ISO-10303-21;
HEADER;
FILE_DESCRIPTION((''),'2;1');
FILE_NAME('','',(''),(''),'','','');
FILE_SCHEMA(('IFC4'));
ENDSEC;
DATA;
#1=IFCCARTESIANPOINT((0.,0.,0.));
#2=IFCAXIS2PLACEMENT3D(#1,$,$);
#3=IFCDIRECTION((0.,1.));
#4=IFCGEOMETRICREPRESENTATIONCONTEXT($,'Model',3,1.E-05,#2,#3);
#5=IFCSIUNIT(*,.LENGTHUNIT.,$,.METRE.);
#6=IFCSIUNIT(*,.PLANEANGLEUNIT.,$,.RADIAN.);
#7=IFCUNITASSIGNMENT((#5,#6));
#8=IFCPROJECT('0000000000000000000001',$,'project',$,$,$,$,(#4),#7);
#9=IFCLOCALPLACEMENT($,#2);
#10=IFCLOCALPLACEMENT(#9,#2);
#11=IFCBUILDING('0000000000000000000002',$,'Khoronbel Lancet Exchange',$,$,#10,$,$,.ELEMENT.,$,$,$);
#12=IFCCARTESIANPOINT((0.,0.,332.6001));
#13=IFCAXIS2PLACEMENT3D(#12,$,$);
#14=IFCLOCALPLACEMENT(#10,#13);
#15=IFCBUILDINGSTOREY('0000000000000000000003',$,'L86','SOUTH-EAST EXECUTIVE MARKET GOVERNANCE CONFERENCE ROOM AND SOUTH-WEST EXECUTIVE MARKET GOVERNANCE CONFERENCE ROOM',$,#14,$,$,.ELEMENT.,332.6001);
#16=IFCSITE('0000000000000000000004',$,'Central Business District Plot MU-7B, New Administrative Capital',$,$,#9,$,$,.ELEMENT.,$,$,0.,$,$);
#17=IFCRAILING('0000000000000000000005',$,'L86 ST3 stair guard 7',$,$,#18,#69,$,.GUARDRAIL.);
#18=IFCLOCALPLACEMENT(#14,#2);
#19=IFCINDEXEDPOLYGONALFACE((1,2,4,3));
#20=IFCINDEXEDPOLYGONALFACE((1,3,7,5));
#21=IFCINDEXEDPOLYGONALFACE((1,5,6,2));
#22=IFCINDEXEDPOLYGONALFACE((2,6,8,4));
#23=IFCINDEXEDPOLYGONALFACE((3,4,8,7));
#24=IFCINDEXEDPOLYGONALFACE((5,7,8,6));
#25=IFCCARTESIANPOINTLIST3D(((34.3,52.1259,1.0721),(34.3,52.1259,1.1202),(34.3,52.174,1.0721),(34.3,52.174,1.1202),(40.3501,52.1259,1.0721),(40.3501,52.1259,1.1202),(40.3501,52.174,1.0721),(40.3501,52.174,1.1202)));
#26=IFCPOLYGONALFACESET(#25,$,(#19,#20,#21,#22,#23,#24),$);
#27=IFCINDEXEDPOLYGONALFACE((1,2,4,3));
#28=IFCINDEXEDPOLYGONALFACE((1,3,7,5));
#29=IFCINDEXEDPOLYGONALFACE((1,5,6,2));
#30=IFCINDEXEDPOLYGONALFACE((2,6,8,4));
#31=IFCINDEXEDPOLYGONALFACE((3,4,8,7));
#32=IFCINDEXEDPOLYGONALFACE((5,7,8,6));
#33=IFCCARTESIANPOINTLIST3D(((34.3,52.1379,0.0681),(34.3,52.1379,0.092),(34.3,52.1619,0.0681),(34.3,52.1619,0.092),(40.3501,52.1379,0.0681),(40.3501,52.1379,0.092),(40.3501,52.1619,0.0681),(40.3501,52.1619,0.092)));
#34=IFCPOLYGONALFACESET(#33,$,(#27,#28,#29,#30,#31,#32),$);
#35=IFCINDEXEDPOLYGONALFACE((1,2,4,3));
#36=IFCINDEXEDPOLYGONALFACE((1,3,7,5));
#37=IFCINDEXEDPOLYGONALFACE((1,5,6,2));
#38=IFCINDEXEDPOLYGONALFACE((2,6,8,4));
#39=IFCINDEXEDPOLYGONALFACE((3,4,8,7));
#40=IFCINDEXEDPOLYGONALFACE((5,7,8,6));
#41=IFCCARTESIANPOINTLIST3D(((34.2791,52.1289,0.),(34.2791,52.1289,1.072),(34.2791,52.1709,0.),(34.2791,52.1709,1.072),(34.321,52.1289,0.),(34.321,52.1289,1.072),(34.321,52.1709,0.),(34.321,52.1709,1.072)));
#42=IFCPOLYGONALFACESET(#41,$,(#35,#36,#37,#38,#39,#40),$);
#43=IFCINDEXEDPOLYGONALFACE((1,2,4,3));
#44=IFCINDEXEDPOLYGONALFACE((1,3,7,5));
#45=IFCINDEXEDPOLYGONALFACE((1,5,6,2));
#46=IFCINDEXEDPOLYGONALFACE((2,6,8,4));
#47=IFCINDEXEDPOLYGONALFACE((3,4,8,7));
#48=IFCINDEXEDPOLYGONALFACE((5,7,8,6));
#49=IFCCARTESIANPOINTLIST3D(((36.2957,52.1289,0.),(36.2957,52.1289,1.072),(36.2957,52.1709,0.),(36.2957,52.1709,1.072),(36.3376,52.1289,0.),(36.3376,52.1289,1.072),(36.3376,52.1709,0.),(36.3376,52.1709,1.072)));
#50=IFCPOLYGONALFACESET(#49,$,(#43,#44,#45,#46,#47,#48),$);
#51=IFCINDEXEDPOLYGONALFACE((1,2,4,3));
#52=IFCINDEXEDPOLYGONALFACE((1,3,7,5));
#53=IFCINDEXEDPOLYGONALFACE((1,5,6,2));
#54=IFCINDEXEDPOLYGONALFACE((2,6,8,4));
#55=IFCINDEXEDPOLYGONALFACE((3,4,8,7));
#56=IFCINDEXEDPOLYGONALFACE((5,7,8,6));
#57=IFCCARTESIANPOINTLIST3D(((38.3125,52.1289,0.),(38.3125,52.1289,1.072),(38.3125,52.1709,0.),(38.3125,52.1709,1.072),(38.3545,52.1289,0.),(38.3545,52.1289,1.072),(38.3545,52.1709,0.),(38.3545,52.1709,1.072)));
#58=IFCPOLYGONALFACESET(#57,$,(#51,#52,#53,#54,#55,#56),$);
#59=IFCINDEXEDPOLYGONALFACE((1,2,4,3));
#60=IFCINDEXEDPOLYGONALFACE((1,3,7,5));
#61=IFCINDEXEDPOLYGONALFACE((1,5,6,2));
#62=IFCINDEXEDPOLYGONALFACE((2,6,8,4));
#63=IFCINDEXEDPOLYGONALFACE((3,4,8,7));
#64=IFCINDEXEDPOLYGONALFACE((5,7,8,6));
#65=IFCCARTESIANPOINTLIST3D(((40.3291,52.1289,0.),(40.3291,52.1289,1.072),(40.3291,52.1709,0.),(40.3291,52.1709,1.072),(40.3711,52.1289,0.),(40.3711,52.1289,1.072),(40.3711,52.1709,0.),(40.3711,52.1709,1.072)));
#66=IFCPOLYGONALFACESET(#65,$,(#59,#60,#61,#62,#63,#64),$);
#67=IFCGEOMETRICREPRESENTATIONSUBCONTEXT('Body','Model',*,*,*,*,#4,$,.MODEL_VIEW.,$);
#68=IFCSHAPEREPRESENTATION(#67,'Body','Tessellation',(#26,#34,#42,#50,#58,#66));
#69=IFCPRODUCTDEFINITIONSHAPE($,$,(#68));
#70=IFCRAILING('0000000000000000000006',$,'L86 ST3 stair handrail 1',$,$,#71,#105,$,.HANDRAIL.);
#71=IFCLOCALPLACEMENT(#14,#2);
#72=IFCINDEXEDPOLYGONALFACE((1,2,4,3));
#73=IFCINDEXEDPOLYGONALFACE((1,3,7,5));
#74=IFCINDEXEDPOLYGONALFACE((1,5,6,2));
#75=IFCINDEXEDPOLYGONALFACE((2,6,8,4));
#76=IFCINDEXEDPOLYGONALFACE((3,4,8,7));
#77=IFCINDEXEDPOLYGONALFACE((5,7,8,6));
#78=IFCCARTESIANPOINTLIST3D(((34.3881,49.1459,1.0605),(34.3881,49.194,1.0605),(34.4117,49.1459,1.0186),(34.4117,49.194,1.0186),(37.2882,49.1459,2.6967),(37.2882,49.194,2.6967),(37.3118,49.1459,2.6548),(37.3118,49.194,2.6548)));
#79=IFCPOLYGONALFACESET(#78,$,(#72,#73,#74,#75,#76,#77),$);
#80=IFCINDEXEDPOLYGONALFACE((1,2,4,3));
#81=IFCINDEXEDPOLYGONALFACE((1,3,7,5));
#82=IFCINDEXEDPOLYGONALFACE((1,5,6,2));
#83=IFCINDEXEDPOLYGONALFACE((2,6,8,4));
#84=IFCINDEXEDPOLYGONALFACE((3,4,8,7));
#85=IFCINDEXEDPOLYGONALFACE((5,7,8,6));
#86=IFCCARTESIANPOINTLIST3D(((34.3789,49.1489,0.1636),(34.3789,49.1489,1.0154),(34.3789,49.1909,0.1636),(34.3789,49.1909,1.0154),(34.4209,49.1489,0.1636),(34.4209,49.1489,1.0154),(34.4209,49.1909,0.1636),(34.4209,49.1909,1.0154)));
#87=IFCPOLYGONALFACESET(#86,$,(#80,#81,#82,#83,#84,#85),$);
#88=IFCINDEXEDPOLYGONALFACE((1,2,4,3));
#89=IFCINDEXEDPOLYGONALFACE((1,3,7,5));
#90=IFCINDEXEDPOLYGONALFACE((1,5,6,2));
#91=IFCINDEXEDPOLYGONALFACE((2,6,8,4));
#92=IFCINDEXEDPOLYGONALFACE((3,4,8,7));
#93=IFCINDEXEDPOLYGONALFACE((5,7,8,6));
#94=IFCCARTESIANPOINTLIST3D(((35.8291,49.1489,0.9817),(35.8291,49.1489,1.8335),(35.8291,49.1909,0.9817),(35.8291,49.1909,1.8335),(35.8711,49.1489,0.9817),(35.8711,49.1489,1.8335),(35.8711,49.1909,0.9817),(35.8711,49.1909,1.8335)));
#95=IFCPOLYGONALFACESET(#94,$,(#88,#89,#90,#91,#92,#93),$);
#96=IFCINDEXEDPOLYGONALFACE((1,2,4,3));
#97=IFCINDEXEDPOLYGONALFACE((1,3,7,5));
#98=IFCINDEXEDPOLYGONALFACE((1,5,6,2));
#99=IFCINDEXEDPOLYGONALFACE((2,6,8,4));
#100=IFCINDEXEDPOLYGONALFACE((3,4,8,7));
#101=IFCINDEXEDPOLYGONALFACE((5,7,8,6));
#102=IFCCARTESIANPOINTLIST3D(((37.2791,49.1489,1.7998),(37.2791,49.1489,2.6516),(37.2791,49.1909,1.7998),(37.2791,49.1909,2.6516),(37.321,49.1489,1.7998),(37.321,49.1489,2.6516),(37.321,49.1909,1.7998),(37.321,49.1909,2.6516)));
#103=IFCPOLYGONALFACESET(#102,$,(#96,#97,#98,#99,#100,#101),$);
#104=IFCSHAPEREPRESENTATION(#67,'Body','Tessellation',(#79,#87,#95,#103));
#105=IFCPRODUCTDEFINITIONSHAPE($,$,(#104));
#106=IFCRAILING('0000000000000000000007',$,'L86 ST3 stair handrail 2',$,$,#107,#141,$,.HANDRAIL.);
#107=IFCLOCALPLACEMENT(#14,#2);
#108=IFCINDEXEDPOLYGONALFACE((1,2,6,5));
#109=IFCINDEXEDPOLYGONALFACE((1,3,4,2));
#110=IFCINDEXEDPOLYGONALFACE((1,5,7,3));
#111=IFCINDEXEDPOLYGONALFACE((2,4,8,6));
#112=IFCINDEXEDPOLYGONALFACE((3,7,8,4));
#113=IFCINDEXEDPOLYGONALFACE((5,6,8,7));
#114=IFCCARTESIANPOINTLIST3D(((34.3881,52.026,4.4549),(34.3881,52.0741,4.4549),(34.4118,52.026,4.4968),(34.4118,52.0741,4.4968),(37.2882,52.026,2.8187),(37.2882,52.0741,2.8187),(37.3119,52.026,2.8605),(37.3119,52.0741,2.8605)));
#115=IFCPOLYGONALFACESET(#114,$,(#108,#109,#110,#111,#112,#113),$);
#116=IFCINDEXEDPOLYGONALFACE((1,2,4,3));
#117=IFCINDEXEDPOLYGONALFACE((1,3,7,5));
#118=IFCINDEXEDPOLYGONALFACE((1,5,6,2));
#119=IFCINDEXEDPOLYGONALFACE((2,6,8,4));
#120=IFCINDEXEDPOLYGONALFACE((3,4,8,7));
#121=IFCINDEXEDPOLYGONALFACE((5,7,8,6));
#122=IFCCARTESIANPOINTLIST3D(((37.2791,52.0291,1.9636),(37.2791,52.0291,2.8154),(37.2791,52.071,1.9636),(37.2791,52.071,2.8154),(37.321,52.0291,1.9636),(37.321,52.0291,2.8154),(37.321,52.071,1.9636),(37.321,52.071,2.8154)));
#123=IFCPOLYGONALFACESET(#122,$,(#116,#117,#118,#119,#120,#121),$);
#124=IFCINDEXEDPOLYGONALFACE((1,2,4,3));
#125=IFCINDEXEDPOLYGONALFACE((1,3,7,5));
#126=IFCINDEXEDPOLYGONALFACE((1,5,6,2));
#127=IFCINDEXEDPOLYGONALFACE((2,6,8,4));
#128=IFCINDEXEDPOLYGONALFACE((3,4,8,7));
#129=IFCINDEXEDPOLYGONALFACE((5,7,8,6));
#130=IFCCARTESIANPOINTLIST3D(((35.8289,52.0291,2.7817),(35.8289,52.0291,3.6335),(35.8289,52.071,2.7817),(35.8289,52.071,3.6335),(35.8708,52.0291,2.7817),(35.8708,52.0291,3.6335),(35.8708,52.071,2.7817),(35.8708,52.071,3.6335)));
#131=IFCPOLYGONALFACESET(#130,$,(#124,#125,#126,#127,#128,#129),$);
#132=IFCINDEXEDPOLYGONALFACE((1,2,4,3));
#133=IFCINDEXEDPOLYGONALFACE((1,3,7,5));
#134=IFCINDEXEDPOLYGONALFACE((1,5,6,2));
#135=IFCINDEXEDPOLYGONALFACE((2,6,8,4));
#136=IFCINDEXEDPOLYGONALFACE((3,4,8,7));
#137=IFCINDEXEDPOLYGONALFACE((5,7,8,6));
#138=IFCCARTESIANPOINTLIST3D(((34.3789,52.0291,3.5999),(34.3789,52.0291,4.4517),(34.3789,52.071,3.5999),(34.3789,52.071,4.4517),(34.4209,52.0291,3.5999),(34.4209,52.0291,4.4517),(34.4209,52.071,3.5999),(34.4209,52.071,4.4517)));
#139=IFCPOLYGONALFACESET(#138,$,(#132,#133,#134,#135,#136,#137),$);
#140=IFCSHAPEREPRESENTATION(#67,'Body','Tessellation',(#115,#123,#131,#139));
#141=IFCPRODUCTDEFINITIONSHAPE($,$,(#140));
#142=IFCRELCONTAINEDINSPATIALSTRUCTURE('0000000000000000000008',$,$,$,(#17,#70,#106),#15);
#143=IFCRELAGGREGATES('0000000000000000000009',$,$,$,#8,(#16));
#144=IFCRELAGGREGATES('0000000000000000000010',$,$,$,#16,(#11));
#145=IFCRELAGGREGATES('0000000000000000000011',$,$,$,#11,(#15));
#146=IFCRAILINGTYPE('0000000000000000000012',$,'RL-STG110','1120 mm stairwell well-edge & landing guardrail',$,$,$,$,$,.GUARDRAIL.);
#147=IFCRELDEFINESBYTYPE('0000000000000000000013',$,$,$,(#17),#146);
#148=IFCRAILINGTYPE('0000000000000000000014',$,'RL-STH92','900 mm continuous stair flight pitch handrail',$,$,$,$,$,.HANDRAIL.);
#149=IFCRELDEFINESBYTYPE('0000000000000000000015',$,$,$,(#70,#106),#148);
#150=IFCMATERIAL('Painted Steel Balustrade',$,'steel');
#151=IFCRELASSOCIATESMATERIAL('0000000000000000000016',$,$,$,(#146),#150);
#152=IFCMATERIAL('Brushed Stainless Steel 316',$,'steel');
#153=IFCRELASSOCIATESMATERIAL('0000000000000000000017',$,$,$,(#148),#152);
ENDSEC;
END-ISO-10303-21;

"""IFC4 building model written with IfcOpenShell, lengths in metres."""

from ifc_helpers import new_model, si_unit, direction, frame, origin, origin_2d, place, context, subcontext, project, spatial, rectangle, extrude, material, type_object, element, save


model = new_model("IFC4")

# Units and contexts
model_context = context("Model", 3, precision=1e-05, world=origin(), true_north=direction((0.0, 1.0)))
body_context = subcontext(model_context, "Body", "Model", "MODEL_VIEW")
ifc_project = project(units=[si_unit("LENGTHUNIT", "METRE"), si_unit("PLANEANGLEUNIT", "RADIAN")], contexts=[model_context])

# Site, building, storey
site_placement = place(None, origin())
site = spatial("IfcSite", under=ifc_project, at=site_placement, Name="Central Business District Plot MU-7B, New Administrative Capital", CompositionType="ELEMENT", RefElevation=0.0)
building_placement = place(site_placement, origin())
building = spatial("IfcBuilding", under=site, at=building_placement, Name="Khoronbel Lancet Exchange", CompositionType="ELEMENT")
storey_placement = place(building_placement, frame((0.0, 0.0, 332.6001)))
storey = spatial("IfcBuildingStorey", under=building, at=storey_placement, Name="L86", Description="SOUTH-EAST EXECUTIVE MARKET GOVERNANCE CONFERENCE ROOM AND SOUTH-WEST EXECUTIVE MARKET GOVERNANCE CONFERENCE ROOM", CompositionType="ELEMENT", Elevation=332.6001)

# Railings
ifc_material_1 = material(Name="Painted Steel Balustrade", Category="steel")
railing_type_1 = type_object("IfcRailingType", Name="RL-STG110", Description="1120 mm stairwell well-edge & landing guardrail", PredefinedType="GUARDRAIL", material=ifc_material_1)
railing_1_placement = place(storey_placement, frame((34.3, 52.1499, 0.0)))
element("IfcRailing", 1, at=railing_1_placement, inside=storey, type_object=railing_type_1, Name="L86 ST3 stair guard 7", PredefinedType="GUARDRAIL", context=body_context, shape_type="SweptSolid", body=[
    extrude(rectangle(XDim=0.0481, YDim=0.0481, at=origin_2d()), frame((0.0, 0.0, 1.0962), z_axis=(1.0, 0.0, 0.0), x_axis=(0.0, 1.0, 0.0)), (0.0, 0.0, 1.0), 6.05),
    extrude(rectangle(XDim=0.0239, YDim=0.0239, at=origin_2d()), frame((0.0, 0.0, 0.0801), z_axis=(1.0, 0.0, 0.0), x_axis=(0.0, 1.0, 0.0)), (0.0, 0.0, 1.0), 6.05),
    extrude(rectangle(XDim=0.042, YDim=0.042, at=origin_2d()), origin(), (0.0, 0.0, 1.0), 1.072),
    extrude(rectangle(XDim=0.042, YDim=0.042, at=origin_2d()), frame((2.0166, 0.0, 0.0)), (0.0, 0.0, 1.0), 1.072),
    extrude(rectangle(XDim=0.042, YDim=0.042, at=origin_2d()), frame((4.0334, 0.0, 0.0)), (0.0, 0.0, 1.0), 1.072),
    extrude(rectangle(XDim=0.042, YDim=0.042, at=origin_2d()), frame((6.05, 0.0, 0.0)), (0.0, 0.0, 1.0), 1.072),
])
ifc_material_2 = material(Name="Brushed Stainless Steel 316", Category="steel")
railing_type_2 = type_object("IfcRailingType", Name="RL-STH92", Description="900 mm continuous stair flight pitch handrail", PredefinedType="HANDRAIL", material=ifc_material_2)
railing_2_placement = place(storey_placement, frame((34.3999, 49.1699, 0.1636)))
element("IfcRailing", 2, at=railing_2_placement, inside=storey, type_object=railing_type_2, Name="L86 ST3 stair handrail 1", PredefinedType="HANDRAIL", context=body_context, shape_type="SweptSolid", body=[
    extrude(rectangle(XDim=0.0481, YDim=0.0481, at=origin_2d()), frame((0.0, 0.0, 0.876), z_axis=(0.870946, 0.0, 0.491378), x_axis=(0.0, 1.0, 0.0)), (0.0, 0.0, 1.0), 3.3298),
    extrude(rectangle(XDim=0.042, YDim=0.042, at=origin_2d()), origin(), (0.0, 0.0, 1.0), 0.8518),
    extrude(rectangle(XDim=0.042, YDim=0.042, at=origin_2d()), frame((1.4502, 0.0, 0.8181)), (0.0, 0.0, 1.0), 0.8518),
    extrude(rectangle(XDim=0.042, YDim=0.042, at=origin_2d()), frame((2.9001, 0.0, 1.6362)), (0.0, 0.0, 1.0), 0.8518),
])
railing_3_placement = place(storey_placement, frame((37.3, 52.05, 1.9636)))
element("IfcRailing", 3, at=railing_3_placement, inside=storey, type_object=railing_type_2, Name="L86 ST3 stair handrail 2", PredefinedType="HANDRAIL", context=body_context, shape_type="SweptSolid", body=[
    extrude(rectangle(XDim=0.0481, YDim=0.0481, at=origin_2d()), frame((0.0, 0.0, 0.876), z_axis=(-0.870946, 0.0, 0.491378), x_axis=(0.0, -1.0, 0.0)), (0.0, 0.0, 1.0), 3.3298),
    extrude(rectangle(XDim=0.042, YDim=0.042, at=origin_2d()), origin(), (0.0, 0.0, 1.0), 0.8518),
    extrude(rectangle(XDim=0.042, YDim=0.042, at=origin_2d()), frame((-1.4502, 0.0, 0.8181)), (0.0, 0.0, 1.0), 0.8518),
    extrude(rectangle(XDim=0.042, YDim=0.042, at=origin_2d()), frame((-2.9001, 0.0, 1.6362)), (0.0, 0.0, 1.0), 0.8518),
])

save(model, "model.ifc")
